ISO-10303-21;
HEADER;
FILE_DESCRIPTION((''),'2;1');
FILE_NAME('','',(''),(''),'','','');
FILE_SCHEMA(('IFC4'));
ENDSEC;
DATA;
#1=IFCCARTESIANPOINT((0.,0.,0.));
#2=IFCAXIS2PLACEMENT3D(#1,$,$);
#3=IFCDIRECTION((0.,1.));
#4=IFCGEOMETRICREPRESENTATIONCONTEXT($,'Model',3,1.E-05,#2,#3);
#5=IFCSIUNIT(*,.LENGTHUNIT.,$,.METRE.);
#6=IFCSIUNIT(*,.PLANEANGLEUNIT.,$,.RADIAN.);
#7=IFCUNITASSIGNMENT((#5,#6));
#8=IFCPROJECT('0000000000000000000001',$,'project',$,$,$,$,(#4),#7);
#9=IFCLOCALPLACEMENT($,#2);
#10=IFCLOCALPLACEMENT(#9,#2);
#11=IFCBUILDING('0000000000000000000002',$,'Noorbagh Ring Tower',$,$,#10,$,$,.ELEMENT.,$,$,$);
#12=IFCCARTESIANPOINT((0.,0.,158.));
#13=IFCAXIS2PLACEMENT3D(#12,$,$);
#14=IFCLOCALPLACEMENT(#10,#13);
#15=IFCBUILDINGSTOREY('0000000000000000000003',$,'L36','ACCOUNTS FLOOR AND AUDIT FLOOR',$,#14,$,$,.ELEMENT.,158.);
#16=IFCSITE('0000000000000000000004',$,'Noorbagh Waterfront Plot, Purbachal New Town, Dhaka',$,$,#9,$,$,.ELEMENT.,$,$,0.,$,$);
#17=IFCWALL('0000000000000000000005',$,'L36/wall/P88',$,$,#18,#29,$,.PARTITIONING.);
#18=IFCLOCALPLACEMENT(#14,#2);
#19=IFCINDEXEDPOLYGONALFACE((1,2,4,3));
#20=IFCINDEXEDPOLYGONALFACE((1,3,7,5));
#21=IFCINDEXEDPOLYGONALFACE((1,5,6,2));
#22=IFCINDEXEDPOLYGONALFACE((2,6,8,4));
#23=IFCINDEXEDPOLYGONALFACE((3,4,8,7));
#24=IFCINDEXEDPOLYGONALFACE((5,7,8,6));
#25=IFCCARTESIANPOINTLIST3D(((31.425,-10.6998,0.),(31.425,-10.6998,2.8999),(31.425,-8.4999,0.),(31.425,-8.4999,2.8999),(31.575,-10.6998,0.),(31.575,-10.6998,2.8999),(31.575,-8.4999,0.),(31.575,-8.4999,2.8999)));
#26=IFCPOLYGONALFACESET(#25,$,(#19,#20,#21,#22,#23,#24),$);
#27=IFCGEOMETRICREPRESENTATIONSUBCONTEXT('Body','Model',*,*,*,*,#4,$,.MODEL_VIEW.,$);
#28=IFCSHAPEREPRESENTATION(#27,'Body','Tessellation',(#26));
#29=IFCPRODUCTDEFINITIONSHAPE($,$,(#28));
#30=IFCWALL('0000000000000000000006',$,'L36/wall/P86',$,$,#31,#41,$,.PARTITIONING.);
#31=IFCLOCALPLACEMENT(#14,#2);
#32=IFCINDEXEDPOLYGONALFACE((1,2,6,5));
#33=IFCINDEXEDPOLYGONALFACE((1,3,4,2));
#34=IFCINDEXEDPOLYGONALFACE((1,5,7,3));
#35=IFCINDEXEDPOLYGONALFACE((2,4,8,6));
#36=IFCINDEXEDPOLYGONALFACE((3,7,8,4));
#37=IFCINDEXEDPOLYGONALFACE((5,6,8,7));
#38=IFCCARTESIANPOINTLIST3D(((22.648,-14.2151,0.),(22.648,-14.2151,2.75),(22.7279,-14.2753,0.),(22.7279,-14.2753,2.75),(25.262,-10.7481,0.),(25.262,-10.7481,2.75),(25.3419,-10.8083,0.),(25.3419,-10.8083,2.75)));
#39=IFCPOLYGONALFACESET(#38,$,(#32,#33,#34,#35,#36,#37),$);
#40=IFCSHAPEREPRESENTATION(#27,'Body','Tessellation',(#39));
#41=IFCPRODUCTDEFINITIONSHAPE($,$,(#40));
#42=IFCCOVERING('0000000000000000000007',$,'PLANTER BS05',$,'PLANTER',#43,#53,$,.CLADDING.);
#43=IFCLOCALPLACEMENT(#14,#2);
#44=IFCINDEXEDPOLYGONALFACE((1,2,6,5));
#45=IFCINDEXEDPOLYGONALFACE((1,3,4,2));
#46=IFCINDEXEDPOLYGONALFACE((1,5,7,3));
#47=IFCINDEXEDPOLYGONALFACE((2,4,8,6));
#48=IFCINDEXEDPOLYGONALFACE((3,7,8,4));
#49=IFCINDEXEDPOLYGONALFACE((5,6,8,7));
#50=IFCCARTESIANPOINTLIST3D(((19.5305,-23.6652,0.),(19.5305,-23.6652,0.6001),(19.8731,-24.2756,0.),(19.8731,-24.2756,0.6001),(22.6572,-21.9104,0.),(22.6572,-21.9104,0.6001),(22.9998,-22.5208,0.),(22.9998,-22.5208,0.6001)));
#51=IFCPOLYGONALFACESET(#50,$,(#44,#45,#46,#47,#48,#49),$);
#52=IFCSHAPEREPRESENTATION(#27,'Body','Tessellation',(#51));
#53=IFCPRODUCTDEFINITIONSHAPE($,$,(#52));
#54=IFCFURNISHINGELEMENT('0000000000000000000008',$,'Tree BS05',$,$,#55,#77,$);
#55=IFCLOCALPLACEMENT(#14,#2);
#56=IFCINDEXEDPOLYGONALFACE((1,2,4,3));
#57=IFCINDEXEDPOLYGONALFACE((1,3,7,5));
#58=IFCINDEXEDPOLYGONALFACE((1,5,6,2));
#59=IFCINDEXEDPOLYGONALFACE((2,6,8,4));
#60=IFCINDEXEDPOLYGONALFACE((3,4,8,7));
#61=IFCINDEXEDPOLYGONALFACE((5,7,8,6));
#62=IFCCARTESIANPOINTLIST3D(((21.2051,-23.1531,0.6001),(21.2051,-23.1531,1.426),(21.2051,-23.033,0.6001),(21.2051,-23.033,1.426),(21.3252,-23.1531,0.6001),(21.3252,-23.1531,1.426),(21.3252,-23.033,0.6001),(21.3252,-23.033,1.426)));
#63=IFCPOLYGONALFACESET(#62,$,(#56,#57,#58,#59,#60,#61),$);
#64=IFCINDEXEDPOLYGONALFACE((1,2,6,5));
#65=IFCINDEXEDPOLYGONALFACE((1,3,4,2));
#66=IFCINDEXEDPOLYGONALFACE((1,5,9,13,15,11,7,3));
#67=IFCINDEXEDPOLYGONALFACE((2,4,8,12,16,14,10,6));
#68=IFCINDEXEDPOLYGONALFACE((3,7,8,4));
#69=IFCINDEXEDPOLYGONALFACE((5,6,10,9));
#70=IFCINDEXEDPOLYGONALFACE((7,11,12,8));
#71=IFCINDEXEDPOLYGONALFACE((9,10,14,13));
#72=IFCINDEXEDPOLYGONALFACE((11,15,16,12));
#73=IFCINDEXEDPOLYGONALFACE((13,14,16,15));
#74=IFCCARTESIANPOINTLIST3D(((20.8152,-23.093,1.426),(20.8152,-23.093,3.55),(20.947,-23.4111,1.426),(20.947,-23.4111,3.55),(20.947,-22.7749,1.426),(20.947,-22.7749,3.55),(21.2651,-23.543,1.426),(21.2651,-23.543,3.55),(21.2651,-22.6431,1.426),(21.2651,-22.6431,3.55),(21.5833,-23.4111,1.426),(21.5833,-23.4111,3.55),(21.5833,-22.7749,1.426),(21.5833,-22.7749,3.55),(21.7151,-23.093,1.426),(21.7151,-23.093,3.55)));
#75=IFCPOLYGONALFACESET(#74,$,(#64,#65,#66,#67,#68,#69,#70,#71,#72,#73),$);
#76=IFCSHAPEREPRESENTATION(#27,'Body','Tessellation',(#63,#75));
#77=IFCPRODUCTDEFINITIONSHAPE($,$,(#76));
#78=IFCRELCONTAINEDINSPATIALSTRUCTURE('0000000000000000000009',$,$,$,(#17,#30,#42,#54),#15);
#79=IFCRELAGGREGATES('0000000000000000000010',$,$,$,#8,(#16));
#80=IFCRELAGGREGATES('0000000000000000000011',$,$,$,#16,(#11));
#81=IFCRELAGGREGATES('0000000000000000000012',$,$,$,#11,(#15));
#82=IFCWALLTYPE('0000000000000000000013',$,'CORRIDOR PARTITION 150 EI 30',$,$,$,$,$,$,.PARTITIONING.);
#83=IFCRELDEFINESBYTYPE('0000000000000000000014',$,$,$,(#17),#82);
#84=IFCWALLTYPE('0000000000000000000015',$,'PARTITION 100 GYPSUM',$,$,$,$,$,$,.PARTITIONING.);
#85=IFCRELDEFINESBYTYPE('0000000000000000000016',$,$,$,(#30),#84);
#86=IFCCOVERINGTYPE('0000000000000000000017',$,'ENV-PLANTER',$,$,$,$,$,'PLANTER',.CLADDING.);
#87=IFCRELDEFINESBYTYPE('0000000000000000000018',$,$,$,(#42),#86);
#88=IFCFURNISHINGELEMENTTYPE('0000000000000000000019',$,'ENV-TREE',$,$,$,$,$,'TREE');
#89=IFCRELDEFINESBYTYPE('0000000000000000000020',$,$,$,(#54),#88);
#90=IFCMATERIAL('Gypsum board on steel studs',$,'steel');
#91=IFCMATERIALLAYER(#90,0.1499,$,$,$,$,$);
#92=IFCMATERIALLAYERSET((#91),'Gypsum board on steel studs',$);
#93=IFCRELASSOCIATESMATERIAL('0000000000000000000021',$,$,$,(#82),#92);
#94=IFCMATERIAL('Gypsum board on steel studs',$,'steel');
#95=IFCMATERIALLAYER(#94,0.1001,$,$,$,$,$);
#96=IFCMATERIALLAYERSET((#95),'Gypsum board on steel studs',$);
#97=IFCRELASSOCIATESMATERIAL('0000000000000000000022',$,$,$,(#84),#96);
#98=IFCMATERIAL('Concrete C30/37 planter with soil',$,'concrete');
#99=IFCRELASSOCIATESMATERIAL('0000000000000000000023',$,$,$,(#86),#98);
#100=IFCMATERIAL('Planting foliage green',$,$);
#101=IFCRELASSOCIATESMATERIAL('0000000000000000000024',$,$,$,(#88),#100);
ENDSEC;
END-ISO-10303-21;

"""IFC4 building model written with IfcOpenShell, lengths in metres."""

from ifc_helpers import new_model, si_unit, direction, frame, frame_2d, origin, origin_2d, place, context, subcontext, project, spatial, polyline, rectangle, outline, extrude, material, layer, layer_set, type_object, element, save


model = new_model("IFC4")

# Units and contexts
model_context = context("Model", 3, precision=1e-05, world=origin(), true_north=direction((0.0, 1.0)))
body_context = subcontext(model_context, "Body", "Model", "MODEL_VIEW")
ifc_project = project(units=[si_unit("LENGTHUNIT", "METRE"), si_unit("PLANEANGLEUNIT", "RADIAN")], contexts=[model_context])

# Site, building, storey
site_placement = place(None, origin())
site = spatial("IfcSite", under=ifc_project, at=site_placement, Name="Noorbagh Waterfront Plot, Purbachal New Town, Dhaka", CompositionType="ELEMENT", RefElevation=0.0)
building_placement = place(site_placement, origin())
building = spatial("IfcBuilding", under=site, at=building_placement, Name="Noorbagh Ring Tower", CompositionType="ELEMENT")
storey_placement = place(building_placement, frame((0.0, 0.0, 158.0)))
storey = spatial("IfcBuildingStorey", under=building, at=storey_placement, Name="L36", Description="ACCOUNTS FLOOR AND AUDIT FLOOR", CompositionType="ELEMENT", Elevation=158.0)

# Shared definitions
ifc_material_1 = material(Name="Gypsum board on steel studs", Category="steel")
ifc_layer_1 = layer(ifc_material_1, 0.1499)
ifc_layer_set_1 = layer_set([ifc_layer_1], Name="Gypsum board on steel studs")
wall_type_1 = type_object("IfcWallType", Name="CORRIDOR PARTITION 150 EI 30", PredefinedType="PARTITIONING", material=ifc_layer_set_1)

# Walls
wall_1_placement = place(storey_placement, frame((31.5, -10.7, 0.0), z_axis=(0.0, 0.0, 1.0), x_axis=(0.0, 1.0, 0.0)))
element("IfcWall", 1, at=wall_1_placement, inside=storey, type_object=wall_type_1, Name="L36/wall/P88", PredefinedType="PARTITIONING", context=body_context, shape_type="SweptSolid", body=[
    extrude(rectangle(XDim=2.2, YDim=0.1499, at=frame_2d((1.1001, 0.0))), origin(), (0.0, 0.0, 1.0), 2.8999),
])
ifc_material_2 = material(Name="Gypsum board on steel studs", Category="steel")
ifc_layer_2 = layer(ifc_material_2, 0.1001)
ifc_layer_set_2 = layer_set([ifc_layer_2], Name="Gypsum board on steel studs")
wall_type_2 = type_object("IfcWallType", Name="PARTITION 100 GYPSUM", PredefinedType="PARTITIONING", material=ifc_layer_set_2)
wall_2_placement = place(storey_placement, frame((22.688, -14.2451, 0.0), z_axis=(0.0, 0.0, 1.0), x_axis=(0.602022, 0.798479, 0.0)))
element("IfcWall", 2, at=wall_2_placement, inside=storey, type_object=wall_type_2, Name="L36/wall/P86", PredefinedType="PARTITIONING", context=body_context, shape_type="SweptSolid", body=[
    extrude(rectangle(XDim=4.342, YDim=0.1001, at=frame_2d((2.1709, 0.0))), origin(), (0.0, 0.0, 1.0), 2.75),
])

# Covering
ifc_material_3 = material(Name="Concrete C30/37 planter with soil", Category="concrete")
covering_type = type_object("IfcCoveringType", Name="ENV-PLANTER", ElementType="PLANTER", PredefinedType="CLADDING", material=ifc_material_3)
covering_placement = place(storey_placement, frame((21.2651, -23.093, 0.0), z_axis=(0.0, 0.0, 1.0), x_axis=(0.872045, 0.489426, 0.0)))
element("IfcCovering", 3, at=covering_placement, inside=storey, type_object=covering_type, Name="PLANTER BS05", ObjectType="PLANTER", PredefinedType="CLADDING", context=body_context, shape_type="SweptSolid", body=[
    extrude(rectangle(XDim=3.5854, YDim=0.7, at=origin_2d()), origin(), (0.0, 0.0, 1.0), 0.6001),
])

# Furnishing element
ifc_material_4 = material(Name="Planting foliage green")
furnishing_element_type = type_object("IfcFurnishingElementType", Name="ENV-TREE", ElementType="TREE", material=ifc_material_4)
furnishing_placement = place(storey_placement, frame((21.2651, -23.093, 0.6001), z_axis=(0.0, 0.0, 1.0), x_axis=(1.0, 0.0, 0.0)))
element("IfcFurnishingElement", 4, at=furnishing_placement, inside=storey, type_object=furnishing_element_type, Name="Tree BS05", context=body_context, shape_type="SweptSolid", body=[
    extrude(rectangle(XDim=0.1201, YDim=0.1201, at=origin_2d()), origin(), (0.0, 0.0, 1.0), 0.8259),
    extrude(outline(polyline([(0.45, 0.0), (0.3181, 0.3181), (0.0, 0.45), (-0.3181, 0.3181), (-0.45, 0.0), (-0.3181, -0.3181), (0.0, -0.45), (0.3181, -0.3181), (0.45, 0.0)])), frame((0.0, 0.0, 0.8259)), (0.0, 0.0, 1.0), 2.124),
])

save(model, "model.ifc")
